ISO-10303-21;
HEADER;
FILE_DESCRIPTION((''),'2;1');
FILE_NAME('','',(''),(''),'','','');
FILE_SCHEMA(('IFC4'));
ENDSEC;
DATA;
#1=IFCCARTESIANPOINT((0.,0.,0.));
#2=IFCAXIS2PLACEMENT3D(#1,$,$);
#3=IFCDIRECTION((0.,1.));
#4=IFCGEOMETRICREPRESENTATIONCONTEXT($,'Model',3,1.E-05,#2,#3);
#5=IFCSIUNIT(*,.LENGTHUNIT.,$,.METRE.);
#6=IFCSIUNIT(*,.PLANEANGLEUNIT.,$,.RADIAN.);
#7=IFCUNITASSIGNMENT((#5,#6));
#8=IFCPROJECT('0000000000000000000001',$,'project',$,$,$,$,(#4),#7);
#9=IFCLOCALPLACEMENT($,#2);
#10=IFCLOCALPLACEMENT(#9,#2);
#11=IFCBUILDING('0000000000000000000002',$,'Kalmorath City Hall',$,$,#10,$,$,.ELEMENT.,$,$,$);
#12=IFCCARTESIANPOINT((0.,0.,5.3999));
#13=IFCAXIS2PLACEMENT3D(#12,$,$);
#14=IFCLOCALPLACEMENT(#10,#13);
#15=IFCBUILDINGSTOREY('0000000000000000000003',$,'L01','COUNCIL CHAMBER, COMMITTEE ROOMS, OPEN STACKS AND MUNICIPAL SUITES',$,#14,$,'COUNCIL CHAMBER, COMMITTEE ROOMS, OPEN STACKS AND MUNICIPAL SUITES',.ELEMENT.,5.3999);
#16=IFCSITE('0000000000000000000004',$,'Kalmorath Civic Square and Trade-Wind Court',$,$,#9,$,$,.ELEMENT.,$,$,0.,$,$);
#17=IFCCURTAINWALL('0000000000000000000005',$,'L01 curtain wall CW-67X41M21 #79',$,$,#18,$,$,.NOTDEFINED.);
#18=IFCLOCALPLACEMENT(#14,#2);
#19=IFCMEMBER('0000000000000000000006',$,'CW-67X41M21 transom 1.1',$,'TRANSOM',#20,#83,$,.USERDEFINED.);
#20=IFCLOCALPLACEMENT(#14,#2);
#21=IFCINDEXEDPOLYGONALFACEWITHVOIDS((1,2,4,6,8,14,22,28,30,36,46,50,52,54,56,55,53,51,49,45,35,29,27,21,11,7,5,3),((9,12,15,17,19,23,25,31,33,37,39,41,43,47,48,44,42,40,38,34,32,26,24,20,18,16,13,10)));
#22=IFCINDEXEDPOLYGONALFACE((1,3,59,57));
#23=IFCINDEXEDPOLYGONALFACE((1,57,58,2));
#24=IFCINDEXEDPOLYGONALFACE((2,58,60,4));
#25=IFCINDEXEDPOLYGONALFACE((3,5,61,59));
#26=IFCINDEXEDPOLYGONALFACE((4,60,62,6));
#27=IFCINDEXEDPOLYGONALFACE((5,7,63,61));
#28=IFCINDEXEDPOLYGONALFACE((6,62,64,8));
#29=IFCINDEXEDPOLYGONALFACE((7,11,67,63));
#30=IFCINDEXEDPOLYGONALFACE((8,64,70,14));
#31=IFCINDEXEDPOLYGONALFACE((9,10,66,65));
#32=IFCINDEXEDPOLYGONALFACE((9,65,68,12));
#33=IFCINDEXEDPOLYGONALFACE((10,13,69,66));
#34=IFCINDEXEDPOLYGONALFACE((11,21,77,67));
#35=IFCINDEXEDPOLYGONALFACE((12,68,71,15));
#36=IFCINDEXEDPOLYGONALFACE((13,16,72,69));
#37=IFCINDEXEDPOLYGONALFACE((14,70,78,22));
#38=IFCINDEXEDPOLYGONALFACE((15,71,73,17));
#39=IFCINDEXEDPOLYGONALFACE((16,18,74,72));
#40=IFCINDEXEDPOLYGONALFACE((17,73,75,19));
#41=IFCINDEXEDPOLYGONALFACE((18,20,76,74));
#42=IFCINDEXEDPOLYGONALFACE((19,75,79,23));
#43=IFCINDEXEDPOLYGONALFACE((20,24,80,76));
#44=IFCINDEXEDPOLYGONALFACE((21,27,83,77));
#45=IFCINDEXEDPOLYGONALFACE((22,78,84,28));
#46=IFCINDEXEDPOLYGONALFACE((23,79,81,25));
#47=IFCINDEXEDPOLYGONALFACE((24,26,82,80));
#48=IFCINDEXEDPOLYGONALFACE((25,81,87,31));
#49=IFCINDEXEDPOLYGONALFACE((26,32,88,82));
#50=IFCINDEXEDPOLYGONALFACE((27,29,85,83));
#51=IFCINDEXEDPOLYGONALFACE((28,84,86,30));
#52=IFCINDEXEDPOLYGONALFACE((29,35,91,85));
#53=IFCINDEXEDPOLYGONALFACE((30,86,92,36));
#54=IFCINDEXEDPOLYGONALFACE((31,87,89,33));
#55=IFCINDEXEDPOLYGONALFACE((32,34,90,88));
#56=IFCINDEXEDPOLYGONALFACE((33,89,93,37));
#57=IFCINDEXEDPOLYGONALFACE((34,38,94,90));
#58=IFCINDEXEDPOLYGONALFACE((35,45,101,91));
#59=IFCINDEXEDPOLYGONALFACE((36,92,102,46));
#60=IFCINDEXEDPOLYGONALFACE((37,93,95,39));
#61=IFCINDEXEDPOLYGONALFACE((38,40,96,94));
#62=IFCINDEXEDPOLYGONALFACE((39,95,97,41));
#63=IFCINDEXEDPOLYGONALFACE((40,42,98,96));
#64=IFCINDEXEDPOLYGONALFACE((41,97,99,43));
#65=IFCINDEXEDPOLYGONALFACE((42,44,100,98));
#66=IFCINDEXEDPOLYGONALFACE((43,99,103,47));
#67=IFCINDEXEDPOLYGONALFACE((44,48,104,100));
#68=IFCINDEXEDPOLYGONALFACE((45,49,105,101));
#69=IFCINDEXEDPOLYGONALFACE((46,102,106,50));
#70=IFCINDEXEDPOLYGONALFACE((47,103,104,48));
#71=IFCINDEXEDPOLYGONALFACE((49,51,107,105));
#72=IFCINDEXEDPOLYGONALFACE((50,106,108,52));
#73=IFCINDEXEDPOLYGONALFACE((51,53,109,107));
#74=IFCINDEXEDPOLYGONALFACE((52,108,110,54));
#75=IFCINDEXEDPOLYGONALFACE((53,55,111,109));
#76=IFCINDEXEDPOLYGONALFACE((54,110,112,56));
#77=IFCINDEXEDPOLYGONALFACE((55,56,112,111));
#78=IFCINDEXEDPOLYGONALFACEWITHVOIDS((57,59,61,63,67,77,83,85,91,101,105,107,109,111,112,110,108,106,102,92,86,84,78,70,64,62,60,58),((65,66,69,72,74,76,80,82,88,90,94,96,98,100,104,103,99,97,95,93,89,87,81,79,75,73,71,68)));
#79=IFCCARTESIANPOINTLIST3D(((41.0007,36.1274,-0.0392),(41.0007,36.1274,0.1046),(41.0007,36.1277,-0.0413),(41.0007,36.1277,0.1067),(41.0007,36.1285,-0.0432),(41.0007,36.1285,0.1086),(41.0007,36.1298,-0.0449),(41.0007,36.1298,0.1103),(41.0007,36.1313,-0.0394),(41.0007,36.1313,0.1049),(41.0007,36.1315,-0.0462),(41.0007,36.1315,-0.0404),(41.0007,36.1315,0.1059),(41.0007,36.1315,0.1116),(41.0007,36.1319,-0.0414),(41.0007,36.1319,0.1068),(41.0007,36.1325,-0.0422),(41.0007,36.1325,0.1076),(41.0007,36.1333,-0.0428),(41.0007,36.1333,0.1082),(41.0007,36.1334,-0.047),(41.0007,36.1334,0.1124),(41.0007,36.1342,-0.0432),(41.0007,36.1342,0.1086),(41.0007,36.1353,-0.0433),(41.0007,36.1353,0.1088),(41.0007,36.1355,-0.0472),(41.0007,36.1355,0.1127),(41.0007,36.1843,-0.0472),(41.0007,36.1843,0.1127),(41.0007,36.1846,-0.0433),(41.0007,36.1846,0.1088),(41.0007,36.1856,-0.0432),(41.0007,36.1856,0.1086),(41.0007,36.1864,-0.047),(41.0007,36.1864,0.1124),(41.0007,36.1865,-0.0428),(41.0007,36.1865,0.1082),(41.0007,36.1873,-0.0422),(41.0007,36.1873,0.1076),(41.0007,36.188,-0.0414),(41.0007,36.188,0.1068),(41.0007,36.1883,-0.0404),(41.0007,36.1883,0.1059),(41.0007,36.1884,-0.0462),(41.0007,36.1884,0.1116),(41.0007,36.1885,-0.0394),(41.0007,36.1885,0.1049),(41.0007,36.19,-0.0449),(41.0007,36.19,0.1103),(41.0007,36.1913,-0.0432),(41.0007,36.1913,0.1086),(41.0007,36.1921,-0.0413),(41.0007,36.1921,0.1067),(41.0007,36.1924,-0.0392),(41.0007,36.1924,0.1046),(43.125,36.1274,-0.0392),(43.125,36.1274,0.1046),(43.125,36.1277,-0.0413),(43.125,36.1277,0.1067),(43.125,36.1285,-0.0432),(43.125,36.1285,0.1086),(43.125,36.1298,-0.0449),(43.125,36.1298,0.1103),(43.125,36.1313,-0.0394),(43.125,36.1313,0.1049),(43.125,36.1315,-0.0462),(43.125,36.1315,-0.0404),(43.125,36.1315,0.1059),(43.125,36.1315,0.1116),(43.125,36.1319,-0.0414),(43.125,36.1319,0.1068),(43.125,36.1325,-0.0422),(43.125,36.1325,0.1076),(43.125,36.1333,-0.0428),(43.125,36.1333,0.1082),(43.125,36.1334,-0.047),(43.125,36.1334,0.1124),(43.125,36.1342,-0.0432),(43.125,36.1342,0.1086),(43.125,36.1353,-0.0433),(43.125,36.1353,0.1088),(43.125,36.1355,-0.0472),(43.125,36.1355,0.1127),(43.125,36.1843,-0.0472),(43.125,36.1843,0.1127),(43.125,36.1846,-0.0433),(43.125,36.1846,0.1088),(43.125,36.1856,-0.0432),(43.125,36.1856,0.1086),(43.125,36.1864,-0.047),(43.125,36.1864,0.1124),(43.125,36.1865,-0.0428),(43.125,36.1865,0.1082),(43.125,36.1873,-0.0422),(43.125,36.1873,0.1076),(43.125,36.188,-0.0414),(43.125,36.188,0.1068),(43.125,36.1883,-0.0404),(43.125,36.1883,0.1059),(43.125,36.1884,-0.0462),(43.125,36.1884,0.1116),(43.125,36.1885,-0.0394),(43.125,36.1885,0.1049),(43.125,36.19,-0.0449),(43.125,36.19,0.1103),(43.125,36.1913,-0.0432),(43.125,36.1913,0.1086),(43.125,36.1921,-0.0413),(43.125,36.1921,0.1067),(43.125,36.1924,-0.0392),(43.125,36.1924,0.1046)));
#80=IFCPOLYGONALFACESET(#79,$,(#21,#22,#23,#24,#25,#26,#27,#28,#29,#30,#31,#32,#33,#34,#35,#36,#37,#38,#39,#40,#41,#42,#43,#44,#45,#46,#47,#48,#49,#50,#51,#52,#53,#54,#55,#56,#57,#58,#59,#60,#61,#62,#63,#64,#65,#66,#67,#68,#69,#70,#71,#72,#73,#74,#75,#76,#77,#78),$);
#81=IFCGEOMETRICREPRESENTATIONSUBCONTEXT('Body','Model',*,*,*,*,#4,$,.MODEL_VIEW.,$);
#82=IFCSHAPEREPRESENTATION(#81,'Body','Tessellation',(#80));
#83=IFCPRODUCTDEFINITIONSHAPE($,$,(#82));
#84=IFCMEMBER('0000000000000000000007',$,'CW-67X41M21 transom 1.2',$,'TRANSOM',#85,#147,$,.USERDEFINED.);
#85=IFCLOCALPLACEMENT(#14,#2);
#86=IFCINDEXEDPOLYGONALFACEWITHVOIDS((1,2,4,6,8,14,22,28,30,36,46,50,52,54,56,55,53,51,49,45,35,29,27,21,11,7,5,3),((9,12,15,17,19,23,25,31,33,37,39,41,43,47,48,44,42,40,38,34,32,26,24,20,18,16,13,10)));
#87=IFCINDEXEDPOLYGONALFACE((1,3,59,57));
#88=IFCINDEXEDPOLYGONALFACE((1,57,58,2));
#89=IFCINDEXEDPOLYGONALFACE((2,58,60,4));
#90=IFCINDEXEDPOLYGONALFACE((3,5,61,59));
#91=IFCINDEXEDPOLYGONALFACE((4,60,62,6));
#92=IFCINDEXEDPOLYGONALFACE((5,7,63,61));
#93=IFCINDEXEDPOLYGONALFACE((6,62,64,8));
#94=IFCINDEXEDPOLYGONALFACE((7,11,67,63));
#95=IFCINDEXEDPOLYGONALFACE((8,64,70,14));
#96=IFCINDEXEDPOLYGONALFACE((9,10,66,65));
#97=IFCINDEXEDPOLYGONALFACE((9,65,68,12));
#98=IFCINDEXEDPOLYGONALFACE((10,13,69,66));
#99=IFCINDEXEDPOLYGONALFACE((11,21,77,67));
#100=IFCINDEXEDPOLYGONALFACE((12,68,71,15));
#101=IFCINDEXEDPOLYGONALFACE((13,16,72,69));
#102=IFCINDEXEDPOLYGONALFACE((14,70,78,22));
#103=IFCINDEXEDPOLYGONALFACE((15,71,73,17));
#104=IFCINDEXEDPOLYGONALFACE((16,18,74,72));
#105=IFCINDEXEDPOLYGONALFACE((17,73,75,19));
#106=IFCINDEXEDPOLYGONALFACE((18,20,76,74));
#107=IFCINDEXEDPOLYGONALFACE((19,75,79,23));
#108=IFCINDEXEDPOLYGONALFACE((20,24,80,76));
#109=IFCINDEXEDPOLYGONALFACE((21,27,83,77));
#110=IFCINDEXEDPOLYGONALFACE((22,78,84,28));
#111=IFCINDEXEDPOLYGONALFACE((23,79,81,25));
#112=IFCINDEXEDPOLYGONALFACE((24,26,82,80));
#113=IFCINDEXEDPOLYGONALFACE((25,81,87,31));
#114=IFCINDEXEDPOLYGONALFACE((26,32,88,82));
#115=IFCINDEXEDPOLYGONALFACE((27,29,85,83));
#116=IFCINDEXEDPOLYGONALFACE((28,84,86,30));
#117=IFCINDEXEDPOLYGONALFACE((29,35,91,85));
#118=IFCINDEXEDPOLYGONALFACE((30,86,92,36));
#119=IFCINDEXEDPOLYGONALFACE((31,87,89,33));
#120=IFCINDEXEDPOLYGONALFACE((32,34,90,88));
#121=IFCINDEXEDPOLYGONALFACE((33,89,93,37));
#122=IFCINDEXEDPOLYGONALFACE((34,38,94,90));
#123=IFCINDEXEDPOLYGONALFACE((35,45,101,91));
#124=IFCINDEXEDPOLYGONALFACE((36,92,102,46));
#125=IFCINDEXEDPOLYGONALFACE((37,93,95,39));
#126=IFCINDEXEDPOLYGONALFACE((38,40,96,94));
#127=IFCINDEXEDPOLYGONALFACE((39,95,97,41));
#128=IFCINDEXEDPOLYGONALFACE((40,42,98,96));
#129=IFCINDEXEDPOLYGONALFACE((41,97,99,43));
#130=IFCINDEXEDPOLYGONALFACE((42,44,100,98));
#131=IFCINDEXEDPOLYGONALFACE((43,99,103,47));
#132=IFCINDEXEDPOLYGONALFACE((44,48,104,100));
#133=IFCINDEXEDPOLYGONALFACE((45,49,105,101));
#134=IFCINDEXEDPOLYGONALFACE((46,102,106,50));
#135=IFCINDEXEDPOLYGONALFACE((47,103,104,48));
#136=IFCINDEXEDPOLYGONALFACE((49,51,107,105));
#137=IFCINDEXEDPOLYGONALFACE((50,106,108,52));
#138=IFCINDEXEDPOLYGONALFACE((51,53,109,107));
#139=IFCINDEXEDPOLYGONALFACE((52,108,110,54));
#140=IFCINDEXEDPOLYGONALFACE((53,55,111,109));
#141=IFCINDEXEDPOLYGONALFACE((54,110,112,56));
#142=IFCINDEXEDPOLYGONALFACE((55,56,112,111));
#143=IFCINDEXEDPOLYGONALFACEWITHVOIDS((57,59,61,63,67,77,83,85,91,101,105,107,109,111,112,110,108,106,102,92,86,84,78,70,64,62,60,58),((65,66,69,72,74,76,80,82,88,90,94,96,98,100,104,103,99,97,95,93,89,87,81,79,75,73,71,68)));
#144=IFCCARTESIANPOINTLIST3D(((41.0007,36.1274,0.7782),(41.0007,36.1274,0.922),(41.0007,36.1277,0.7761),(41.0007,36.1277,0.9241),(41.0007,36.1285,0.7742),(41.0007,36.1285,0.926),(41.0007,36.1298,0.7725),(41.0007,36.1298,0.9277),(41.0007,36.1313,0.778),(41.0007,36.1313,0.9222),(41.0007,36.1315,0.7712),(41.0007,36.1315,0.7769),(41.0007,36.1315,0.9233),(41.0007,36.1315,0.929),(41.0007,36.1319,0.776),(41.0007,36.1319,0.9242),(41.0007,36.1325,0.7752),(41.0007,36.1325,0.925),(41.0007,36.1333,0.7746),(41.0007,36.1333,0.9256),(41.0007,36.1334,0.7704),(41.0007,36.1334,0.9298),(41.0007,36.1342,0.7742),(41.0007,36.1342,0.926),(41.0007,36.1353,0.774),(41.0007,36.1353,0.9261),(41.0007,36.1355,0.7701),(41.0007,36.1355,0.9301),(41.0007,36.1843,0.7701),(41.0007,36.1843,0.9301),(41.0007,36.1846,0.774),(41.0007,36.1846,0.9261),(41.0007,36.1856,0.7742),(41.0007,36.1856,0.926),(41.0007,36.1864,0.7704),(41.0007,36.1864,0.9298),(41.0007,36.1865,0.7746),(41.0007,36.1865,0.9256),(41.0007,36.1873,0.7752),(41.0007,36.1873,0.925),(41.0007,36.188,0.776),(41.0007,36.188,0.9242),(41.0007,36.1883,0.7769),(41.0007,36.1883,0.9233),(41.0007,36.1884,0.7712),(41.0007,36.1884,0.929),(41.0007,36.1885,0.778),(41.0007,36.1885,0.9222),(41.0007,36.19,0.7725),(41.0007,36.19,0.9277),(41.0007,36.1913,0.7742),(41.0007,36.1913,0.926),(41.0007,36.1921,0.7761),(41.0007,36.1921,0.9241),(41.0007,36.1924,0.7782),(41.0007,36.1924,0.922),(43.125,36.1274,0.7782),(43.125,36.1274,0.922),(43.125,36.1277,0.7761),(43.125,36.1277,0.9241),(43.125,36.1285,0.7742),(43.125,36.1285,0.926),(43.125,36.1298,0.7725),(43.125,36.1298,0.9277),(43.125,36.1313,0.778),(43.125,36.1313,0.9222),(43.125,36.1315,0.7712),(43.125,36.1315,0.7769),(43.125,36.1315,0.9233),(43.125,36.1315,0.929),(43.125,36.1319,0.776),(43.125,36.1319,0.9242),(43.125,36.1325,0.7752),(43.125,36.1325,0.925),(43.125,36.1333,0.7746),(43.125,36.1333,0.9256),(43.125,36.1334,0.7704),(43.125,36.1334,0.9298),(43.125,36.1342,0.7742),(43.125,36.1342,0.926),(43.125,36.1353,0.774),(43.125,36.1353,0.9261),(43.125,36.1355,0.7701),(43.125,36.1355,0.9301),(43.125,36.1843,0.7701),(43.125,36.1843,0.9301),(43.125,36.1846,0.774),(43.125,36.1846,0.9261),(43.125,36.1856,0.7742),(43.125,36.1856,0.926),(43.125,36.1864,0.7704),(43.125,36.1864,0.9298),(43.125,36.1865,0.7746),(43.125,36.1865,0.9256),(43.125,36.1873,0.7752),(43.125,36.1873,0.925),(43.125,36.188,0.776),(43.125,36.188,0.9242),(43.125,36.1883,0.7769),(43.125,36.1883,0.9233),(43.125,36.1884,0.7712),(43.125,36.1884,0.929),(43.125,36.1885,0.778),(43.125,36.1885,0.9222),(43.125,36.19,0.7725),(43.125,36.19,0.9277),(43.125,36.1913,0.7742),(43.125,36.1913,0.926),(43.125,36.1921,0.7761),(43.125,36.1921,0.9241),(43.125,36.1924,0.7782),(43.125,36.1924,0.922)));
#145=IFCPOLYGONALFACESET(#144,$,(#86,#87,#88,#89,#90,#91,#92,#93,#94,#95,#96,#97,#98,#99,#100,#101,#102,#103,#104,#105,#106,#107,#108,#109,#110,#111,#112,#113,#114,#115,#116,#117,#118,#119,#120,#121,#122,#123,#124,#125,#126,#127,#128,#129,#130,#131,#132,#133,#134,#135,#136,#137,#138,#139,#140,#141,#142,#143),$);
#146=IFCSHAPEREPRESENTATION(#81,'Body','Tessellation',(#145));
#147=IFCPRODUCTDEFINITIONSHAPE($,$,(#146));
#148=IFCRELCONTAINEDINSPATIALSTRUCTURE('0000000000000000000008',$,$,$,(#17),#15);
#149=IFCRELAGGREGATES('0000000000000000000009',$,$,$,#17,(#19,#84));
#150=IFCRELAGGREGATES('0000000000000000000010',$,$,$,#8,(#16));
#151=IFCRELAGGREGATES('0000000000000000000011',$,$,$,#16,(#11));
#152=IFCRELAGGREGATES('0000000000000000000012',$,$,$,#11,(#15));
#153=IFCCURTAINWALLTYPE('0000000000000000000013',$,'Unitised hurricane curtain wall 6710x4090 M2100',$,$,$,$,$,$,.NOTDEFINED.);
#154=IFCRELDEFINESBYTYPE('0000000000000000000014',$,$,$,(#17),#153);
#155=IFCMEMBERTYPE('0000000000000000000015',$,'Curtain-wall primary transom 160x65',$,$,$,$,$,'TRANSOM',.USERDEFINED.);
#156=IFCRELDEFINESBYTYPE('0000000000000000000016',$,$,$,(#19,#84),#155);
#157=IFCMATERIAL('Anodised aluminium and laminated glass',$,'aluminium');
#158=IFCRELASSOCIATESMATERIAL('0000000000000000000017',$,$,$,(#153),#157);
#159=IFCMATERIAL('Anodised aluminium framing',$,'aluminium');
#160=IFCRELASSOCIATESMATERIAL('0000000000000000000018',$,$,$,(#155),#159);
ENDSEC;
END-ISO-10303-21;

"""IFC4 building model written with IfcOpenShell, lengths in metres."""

from ifc_helpers import new_model, si_unit, direction, frame, origin, origin_2d, place, context, subcontext, project, spatial, hollow_rectangle, extrude, material, material_profile, profile_set, type_object, element, aggregate, save


model = new_model("IFC4")

# Units and contexts
model_context = context("Model", 3, precision=1e-05, world=origin(), true_north=direction((0.0, 1.0)))
body_context = subcontext(model_context, "Body", "Model", "MODEL_VIEW")
ifc_project = project(units=[si_unit("LENGTHUNIT", "METRE"), si_unit("PLANEANGLEUNIT", "RADIAN")], contexts=[model_context])

# Site, building, storey
site_placement = place(None, origin())
site = spatial("IfcSite", under=ifc_project, at=site_placement, Name="Kalmorath Civic Square and Trade-Wind Court", CompositionType="ELEMENT", RefElevation=0.0)
building_placement = place(site_placement, origin())
building = spatial("IfcBuilding", under=site, at=building_placement, Name="Kalmorath City Hall", CompositionType="ELEMENT")
storey_placement = place(building_placement, frame((0.0, 0.0, 5.3999)))
storey = spatial("IfcBuildingStorey", under=building, at=storey_placement, Name="L01", Description="COUNCIL CHAMBER, COMMITTEE ROOMS, OPEN STACKS AND MUNICIPAL SUITES", LongName="COUNCIL CHAMBER, COMMITTEE ROOMS, OPEN STACKS AND MUNICIPAL SUITES", CompositionType="ELEMENT", Elevation=5.3999)

# Curtain wall
ifc_material_1 = material(Name="Anodised aluminium and laminated glass", Category="aluminium")
curtain_wall_type_1 = type_object("IfcCurtainWallType", Name="Unitised hurricane curtain wall 6710x4090 M2100", PredefinedType="NOTDEFINED", material=ifc_material_1)
curtain_wall_1_placement = place(storey_placement, origin())
curtain_wall_1 = element("IfcCurtainWall", 1, at=curtain_wall_1_placement, inside=storey, type_object=curtain_wall_type_1, Name="L01 curtain wall CW-67X41M21 #79", PredefinedType="NOTDEFINED")

# Members
ifc_material_2 = material(Name="Anodised aluminium framing", Category="aluminium")
ifc_material_profile_1 = material_profile(ifc_material_2, hollow_rectangle(XDim=0.0649, YDim=0.1599, WallThickness=0.0039, InnerFilletRadius=0.0039, OuterFilletRadius=0.0081, at=origin_2d()), Name="ALU-TRN-160X65X4")
ifc_profile_set_1 = profile_set([ifc_material_profile_1], Name="Anodised aluminium framing")
member_type_1 = type_object("IfcMemberType", Name="Curtain-wall primary transom 160x65", ElementType="TRANSOM", PredefinedType="USERDEFINED", material=ifc_profile_set_1)
member_1_placement = place(storey_placement, frame((43.125, 36.1599, 0.0327), z_axis=(-1.0, 0.0, 0.0), x_axis=(0.0, -1.0, 0.0)))
member_1 = element("IfcMember", 2, at=member_1_placement, type_object=member_type_1, Name="CW-67X41M21 transom 1.1", ObjectType="TRANSOM", PredefinedType="USERDEFINED", context=body_context, shape_type="SweptSolid", body=[
    extrude(hollow_rectangle(XDim=0.0649, YDim=0.1599, WallThickness=0.0039, InnerFilletRadius=0.0039, OuterFilletRadius=0.0081, at=origin_2d()), origin(), (0.0, 0.0, 1.0), 2.1243),
])
member_2_placement = place(storey_placement, frame((43.125, 36.1599, 0.8501), z_axis=(-1.0, 0.0, 0.0), x_axis=(0.0, -1.0, 0.0)))
member_2 = element("IfcMember", 3, at=member_2_placement, type_object=member_type_1, Name="CW-67X41M21 transom 1.2", ObjectType="TRANSOM", PredefinedType="USERDEFINED", context=body_context, shape_type="SweptSolid", body=[
    extrude(hollow_rectangle(XDim=0.0649, YDim=0.1599, WallThickness=0.0039, InnerFilletRadius=0.0039, OuterFilletRadius=0.0081, at=origin_2d()), origin(), (0.0, 0.0, 1.0), 2.1243),
])

aggregate(curtain_wall_1, [member_1, member_2])

save(model, "model.ifc")
